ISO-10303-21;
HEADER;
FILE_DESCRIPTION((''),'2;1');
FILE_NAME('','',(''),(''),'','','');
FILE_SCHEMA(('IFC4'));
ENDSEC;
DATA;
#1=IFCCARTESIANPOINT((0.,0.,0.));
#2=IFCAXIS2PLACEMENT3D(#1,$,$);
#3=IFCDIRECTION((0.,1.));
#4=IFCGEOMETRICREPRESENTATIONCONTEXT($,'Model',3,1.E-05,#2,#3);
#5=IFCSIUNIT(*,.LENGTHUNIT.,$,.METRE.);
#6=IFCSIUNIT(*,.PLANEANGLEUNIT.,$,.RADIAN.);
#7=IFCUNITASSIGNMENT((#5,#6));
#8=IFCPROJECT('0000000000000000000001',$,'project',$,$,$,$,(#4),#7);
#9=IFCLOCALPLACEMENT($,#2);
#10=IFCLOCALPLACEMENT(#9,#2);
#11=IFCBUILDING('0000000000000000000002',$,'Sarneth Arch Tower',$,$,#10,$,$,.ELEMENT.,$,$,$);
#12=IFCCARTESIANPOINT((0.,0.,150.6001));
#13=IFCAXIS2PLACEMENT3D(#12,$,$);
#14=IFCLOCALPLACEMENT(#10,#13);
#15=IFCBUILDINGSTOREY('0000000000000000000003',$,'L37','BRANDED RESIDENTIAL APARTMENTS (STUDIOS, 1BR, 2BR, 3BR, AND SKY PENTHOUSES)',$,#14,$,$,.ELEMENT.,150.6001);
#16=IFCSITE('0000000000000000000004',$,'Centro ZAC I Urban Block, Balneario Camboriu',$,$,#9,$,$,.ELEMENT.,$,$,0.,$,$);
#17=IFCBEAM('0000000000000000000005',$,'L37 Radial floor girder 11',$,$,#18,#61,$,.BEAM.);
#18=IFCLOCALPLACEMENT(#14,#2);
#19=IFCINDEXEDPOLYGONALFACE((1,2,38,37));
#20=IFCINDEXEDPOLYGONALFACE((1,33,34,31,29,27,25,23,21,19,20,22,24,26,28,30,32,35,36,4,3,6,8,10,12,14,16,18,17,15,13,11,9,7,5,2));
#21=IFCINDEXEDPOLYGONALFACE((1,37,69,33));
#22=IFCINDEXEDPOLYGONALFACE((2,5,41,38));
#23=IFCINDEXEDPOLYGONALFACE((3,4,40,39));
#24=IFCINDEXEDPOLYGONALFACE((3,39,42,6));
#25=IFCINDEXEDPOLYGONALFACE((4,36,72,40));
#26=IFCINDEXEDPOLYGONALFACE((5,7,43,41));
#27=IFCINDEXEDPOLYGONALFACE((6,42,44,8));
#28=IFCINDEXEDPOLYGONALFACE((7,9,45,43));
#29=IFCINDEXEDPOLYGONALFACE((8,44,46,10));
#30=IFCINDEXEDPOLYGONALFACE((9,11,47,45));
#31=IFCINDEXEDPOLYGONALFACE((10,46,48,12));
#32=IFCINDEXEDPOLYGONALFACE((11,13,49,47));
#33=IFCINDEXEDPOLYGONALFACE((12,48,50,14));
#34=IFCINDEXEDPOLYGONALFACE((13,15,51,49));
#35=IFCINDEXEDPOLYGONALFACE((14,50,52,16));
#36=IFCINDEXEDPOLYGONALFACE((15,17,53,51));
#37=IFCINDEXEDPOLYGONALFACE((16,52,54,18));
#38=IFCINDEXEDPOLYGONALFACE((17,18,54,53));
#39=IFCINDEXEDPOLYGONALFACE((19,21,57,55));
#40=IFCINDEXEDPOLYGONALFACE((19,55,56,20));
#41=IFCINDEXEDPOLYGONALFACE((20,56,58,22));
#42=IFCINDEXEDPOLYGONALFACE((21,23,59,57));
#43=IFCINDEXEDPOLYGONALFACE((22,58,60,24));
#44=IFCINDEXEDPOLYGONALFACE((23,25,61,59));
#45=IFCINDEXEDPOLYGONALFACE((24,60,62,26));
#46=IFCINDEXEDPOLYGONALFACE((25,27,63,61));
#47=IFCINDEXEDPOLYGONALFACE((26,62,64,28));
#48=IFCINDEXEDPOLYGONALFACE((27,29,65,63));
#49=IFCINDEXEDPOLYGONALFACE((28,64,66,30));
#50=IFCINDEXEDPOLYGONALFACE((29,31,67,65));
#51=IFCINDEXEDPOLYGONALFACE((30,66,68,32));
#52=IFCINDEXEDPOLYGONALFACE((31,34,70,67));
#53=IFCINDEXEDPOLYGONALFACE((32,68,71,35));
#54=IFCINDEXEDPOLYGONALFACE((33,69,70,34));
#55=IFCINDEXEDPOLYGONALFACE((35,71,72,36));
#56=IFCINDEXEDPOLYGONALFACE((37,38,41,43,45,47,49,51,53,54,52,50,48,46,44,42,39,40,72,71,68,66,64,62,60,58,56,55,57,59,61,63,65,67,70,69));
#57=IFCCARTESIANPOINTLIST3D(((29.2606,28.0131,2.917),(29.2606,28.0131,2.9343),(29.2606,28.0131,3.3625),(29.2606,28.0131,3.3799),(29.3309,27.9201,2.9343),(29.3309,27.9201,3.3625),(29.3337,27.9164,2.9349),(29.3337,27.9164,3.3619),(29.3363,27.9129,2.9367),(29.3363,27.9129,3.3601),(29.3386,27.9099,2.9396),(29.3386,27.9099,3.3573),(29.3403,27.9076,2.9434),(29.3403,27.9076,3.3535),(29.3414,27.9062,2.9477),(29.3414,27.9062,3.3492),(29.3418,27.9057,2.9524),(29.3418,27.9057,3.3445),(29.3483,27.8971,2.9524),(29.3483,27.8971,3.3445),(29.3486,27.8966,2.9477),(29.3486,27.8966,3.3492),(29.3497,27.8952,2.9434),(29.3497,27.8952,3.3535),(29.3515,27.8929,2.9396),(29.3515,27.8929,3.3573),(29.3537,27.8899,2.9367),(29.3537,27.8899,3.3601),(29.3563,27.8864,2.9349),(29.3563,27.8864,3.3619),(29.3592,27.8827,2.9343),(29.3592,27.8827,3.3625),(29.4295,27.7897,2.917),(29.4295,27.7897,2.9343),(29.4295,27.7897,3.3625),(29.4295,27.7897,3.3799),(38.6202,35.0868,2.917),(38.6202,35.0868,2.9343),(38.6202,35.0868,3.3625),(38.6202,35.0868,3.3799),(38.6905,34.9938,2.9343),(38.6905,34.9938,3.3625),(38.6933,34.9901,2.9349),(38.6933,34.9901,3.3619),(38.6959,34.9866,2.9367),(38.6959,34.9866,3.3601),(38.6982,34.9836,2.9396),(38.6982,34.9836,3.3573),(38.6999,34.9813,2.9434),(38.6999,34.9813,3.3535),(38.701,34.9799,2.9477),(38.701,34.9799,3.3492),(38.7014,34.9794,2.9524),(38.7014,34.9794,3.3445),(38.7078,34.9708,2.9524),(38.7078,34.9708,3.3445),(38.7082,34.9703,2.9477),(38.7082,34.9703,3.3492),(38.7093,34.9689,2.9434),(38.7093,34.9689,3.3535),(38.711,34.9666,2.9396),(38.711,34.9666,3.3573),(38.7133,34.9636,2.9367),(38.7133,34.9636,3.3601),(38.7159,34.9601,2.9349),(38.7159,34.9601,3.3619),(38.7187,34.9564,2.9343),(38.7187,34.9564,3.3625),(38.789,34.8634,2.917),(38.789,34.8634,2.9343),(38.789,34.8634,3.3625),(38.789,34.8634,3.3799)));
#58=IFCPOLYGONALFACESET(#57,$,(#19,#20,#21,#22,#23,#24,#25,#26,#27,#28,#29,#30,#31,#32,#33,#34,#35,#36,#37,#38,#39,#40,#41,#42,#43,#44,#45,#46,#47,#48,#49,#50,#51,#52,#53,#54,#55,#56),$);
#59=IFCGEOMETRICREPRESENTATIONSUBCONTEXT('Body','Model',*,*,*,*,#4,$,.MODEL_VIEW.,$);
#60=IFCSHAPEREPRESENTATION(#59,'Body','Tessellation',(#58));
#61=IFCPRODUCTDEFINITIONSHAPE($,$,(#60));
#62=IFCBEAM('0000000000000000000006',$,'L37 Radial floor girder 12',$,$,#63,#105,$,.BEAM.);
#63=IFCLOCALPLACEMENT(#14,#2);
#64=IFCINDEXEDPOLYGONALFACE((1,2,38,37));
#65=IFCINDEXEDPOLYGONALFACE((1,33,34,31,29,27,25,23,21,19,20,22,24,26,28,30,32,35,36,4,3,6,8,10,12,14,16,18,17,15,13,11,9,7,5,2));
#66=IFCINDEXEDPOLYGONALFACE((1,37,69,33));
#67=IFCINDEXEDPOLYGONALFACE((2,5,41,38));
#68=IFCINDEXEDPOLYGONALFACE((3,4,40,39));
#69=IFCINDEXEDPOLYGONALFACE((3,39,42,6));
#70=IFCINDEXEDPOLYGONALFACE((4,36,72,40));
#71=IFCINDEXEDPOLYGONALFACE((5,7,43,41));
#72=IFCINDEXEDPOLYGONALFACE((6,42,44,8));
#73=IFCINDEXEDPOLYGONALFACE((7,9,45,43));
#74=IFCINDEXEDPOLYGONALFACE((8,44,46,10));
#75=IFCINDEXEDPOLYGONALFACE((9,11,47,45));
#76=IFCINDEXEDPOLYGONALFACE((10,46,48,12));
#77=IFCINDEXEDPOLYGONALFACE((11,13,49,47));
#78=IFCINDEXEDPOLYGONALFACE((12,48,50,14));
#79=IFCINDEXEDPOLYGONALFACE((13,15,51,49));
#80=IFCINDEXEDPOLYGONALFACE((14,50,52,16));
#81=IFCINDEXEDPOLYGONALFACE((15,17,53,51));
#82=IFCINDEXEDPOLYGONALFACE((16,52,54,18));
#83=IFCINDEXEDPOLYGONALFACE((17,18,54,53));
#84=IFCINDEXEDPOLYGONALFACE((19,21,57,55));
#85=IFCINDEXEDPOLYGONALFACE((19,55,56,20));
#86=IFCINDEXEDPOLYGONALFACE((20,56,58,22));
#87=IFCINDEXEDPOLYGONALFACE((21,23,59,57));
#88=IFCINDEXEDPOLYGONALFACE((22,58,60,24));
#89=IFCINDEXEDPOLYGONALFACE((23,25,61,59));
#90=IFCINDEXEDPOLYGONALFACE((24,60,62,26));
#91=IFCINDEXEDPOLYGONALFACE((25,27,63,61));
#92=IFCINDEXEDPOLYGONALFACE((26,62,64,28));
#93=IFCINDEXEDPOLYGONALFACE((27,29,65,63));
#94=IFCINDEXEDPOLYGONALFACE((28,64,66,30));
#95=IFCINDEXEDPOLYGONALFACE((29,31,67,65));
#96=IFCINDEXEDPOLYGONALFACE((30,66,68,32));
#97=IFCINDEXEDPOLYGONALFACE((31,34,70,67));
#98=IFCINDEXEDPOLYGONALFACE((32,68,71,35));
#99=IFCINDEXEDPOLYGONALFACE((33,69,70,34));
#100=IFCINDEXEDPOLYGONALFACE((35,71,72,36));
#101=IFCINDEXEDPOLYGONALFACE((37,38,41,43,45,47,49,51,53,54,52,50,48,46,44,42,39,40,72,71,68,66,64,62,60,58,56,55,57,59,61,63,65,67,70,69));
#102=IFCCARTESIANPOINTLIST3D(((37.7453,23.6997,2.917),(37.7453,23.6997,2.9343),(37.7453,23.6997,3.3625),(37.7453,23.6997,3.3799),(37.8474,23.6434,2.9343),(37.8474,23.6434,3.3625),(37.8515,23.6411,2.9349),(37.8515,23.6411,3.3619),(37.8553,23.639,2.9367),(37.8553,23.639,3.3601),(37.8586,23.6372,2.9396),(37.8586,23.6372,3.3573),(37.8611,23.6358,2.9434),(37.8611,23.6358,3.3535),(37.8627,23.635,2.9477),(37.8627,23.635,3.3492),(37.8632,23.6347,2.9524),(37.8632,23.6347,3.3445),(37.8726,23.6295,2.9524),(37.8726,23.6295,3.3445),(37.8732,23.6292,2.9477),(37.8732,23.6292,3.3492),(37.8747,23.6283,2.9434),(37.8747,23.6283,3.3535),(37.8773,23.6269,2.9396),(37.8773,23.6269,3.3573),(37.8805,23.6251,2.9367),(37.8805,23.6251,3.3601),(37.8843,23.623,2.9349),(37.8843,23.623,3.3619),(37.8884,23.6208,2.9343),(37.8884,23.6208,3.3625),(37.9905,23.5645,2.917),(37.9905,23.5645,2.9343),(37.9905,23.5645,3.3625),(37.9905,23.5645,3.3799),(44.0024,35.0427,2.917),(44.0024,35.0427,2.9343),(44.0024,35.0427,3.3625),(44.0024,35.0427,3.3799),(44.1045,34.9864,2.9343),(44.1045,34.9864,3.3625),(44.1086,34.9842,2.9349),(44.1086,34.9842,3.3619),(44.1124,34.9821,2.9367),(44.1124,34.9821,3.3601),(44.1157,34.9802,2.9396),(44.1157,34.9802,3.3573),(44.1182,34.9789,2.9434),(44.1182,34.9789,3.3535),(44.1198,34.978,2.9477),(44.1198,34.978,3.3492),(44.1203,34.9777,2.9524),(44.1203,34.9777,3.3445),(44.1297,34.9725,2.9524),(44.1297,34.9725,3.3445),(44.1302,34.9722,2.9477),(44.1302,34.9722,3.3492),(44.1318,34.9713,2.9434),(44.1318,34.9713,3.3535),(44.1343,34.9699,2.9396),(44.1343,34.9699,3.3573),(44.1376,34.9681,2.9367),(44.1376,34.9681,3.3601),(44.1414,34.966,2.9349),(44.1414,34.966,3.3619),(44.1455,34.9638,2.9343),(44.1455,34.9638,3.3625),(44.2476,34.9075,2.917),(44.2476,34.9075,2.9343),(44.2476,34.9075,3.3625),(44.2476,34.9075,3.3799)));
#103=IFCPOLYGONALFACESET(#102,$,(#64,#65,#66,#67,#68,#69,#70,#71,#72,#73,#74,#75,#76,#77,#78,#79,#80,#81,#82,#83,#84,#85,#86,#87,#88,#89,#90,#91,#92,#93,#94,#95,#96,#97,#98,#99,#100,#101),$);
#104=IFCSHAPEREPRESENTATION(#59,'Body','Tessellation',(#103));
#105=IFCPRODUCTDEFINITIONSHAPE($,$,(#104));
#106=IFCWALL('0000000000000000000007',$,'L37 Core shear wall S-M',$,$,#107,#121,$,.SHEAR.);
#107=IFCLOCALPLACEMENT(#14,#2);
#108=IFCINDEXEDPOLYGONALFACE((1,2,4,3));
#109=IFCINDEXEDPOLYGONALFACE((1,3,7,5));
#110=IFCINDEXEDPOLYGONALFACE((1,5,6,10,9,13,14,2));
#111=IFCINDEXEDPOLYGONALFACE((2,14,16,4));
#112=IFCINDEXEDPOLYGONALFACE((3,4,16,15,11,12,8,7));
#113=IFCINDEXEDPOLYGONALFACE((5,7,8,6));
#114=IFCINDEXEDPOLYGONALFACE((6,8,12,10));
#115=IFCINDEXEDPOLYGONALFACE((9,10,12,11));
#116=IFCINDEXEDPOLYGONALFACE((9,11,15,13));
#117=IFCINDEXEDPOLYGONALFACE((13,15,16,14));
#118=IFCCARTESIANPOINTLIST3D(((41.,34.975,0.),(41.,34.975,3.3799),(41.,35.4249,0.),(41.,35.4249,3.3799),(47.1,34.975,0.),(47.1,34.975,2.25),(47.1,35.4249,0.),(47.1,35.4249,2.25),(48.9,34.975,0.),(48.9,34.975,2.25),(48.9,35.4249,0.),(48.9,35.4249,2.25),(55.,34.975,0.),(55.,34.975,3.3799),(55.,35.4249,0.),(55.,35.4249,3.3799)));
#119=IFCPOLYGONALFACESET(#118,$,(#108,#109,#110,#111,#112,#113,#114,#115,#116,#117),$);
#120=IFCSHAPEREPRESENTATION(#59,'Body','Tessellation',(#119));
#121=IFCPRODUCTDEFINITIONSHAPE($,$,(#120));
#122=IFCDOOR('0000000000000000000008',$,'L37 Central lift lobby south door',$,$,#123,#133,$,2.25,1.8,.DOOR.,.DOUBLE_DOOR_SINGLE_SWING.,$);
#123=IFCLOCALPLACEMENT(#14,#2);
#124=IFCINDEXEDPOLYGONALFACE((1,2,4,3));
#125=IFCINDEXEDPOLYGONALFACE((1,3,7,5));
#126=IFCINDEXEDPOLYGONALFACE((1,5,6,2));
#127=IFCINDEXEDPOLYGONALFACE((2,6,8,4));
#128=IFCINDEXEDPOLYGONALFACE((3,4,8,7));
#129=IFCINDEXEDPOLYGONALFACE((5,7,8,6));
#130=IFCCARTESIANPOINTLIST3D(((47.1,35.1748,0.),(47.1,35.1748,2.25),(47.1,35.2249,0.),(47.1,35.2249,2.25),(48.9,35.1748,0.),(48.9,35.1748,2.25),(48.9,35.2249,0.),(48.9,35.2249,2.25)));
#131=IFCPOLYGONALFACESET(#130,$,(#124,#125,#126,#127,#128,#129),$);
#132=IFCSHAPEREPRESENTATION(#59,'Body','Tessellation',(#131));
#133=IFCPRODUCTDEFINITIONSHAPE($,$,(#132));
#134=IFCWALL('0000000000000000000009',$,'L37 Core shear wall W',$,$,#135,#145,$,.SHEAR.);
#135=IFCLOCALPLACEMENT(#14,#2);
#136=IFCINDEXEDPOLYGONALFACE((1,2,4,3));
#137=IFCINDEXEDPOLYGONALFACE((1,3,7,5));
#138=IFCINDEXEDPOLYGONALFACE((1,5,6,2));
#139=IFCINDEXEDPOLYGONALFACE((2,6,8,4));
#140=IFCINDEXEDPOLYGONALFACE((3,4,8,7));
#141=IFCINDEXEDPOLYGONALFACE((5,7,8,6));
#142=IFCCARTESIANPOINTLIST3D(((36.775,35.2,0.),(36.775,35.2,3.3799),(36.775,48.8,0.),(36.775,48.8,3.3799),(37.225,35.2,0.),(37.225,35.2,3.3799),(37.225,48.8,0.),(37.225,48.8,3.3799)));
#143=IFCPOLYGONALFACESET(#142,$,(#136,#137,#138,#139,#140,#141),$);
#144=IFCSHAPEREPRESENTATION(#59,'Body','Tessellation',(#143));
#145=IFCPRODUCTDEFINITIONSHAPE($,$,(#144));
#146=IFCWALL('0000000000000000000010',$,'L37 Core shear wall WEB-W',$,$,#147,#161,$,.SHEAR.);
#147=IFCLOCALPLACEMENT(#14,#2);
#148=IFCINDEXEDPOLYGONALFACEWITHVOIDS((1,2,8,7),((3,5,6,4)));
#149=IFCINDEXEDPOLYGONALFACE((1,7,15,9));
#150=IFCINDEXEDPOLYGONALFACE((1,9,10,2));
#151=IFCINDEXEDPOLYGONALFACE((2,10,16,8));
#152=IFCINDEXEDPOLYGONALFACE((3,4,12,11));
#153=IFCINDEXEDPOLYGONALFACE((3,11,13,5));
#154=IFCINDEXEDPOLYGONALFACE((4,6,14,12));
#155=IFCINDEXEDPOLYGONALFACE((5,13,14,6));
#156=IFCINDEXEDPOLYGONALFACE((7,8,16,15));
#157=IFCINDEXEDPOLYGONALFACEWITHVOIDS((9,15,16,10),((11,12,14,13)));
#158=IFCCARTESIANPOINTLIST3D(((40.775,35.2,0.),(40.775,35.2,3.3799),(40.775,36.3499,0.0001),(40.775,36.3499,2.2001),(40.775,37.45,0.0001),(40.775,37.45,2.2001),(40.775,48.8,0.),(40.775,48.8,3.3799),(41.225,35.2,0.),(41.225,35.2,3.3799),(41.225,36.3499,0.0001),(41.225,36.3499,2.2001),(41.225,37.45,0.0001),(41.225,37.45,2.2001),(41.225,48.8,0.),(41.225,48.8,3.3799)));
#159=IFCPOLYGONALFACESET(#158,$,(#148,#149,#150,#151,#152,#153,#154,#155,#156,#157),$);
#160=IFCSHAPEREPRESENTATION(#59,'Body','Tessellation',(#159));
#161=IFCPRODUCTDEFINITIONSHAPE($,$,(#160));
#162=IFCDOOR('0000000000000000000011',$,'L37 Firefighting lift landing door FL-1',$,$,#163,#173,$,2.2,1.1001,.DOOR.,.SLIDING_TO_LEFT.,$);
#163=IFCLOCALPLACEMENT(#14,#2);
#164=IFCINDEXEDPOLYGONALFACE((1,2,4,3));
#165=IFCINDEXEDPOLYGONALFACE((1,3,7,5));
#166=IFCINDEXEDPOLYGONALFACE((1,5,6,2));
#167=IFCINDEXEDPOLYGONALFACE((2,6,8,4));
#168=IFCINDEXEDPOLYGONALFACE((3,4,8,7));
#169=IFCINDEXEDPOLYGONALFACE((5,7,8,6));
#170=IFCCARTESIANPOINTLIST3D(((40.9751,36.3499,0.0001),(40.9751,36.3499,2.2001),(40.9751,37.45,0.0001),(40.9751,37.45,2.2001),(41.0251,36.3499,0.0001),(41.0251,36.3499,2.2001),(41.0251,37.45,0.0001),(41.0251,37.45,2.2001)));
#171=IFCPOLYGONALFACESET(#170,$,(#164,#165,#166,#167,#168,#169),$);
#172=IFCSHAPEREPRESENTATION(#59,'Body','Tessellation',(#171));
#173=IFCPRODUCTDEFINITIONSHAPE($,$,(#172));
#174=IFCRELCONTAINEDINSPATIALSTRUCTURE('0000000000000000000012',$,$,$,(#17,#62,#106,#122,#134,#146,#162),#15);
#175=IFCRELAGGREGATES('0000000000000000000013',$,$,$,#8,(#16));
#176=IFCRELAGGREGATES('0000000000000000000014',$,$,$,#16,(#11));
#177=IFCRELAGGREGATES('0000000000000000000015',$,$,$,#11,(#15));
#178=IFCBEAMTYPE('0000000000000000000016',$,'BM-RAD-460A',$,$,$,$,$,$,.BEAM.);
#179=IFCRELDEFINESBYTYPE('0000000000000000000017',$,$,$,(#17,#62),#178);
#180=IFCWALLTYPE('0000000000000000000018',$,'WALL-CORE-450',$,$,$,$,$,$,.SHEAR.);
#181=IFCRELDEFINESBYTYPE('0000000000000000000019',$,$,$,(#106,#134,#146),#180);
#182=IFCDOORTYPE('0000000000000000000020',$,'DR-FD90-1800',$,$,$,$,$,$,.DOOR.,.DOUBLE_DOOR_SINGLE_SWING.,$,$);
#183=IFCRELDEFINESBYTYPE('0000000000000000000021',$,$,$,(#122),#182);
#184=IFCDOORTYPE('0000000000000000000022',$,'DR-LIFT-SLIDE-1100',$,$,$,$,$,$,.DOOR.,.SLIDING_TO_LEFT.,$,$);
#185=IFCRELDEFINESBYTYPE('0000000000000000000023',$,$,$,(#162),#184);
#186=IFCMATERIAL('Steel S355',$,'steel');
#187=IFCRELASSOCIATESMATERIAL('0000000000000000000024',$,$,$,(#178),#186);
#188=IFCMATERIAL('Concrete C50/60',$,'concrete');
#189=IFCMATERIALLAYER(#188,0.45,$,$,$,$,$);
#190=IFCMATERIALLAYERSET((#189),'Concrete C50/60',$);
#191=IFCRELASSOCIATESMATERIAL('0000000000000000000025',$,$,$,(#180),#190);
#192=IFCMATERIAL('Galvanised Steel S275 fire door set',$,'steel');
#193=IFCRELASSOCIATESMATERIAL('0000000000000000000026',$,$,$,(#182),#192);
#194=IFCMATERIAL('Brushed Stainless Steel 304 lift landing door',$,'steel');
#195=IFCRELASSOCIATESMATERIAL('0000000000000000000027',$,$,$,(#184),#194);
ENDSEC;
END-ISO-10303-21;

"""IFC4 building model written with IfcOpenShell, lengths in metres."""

from ifc_helpers import new_model, si_unit, direction, frame, frame_2d, origin, origin_2d, place, context, subcontext, project, spatial, rectangle, i_section, extrude, material, layer, layer_set, material_profile, profile_set, type_object, element, fill, save


model = new_model("IFC4")

# Units and contexts
model_context = context("Model", 3, precision=1e-05, world=origin(), true_north=direction((0.0, 1.0)))
body_context = subcontext(model_context, "Body", "Model", "MODEL_VIEW")
ifc_project = project(units=[si_unit("LENGTHUNIT", "METRE"), si_unit("PLANEANGLEUNIT", "RADIAN")], contexts=[model_context])

# Site, building, storey
site_placement = place(None, origin())
site = spatial("IfcSite", under=ifc_project, at=site_placement, Name="Centro ZAC I Urban Block, Balneario Camboriu", CompositionType="ELEMENT", RefElevation=0.0)
building_placement = place(site_placement, origin())
building = spatial("IfcBuilding", under=site, at=building_placement, Name="Sarneth Arch Tower", CompositionType="ELEMENT")
storey_placement = place(building_placement, frame((0.0, 0.0, 150.6001)))
storey = spatial("IfcBuildingStorey", under=building, at=storey_placement, Name="L37", Description="BRANDED RESIDENTIAL APARTMENTS (STUDIOS, 1BR, 2BR, 3BR, AND SKY PENTHOUSES)", CompositionType="ELEMENT", Elevation=150.6001)

# Beams
ifc_material_1 = material(Name="Steel S355", Category="steel")
ifc_material_profile_1 = material_profile(ifc_material_1, i_section(OverallWidth=0.28, OverallDepth=0.4629, WebThickness=0.0107, FlangeThickness=0.0173, FilletRadius=0.0181, at=origin_2d()), Name="W460x113")
ifc_profile_set_1 = profile_set([ifc_material_profile_1], Name="Steel S355")
beam_type_1 = type_object("IfcBeamType", Name="BM-RAD-460A", PredefinedType="BEAM", material=ifc_profile_set_1)
beam_1_placement = place(storey_placement, frame((38.7046, 34.9751, 3.1484), z_axis=(-0.797785, -0.602943, 0.0), x_axis=(0.602943, -0.797785, 0.0)))
element("IfcBeam", 1, at=beam_1_placement, inside=storey, type_object=beam_type_1, Name="L37 Radial floor girder 11", PredefinedType="BEAM", context=body_context, shape_type="SweptSolid", body=[
    extrude(i_section(OverallWidth=0.28, OverallDepth=0.4629, WebThickness=0.0107, FlangeThickness=0.0173, FilletRadius=0.0181, at=origin_2d()), origin(), (0.0, 0.0, 1.0), 11.7319),
])
beam_2_placement = place(storey_placement, frame((44.125, 34.9751, 3.1484), z_axis=(-0.48301, -0.875615, 0.0), x_axis=(0.875615, -0.48301, 0.0)))
element("IfcBeam", 2, at=beam_2_placement, inside=storey, type_object=beam_type_1, Name="L37 Radial floor girder 12", PredefinedType="BEAM", context=body_context, shape_type="SweptSolid", body=[
    extrude(i_section(OverallWidth=0.28, OverallDepth=0.4629, WebThickness=0.0107, FlangeThickness=0.0173, FilletRadius=0.0181, at=origin_2d()), origin(), (0.0, 0.0, 1.0), 12.9543),
])

# Wall, opening, door
ifc_material_2 = material(Name="Concrete C50/60", Category="concrete")
ifc_layer_1 = layer(ifc_material_2, 0.45)
ifc_layer_set_1 = layer_set([ifc_layer_1], Name="Concrete C50/60")
wall_type_1 = type_object("IfcWallType", Name="WALL-CORE-450", PredefinedType="SHEAR", material=ifc_layer_set_1)
wall_1_placement = place(storey_placement, frame((41.0, 35.2, 0.0), z_axis=(0.0, 0.0, 1.0), x_axis=(1.0, 0.0, 0.0)))
wall_1 = element("IfcWall", 3, at=wall_1_placement, inside=storey, type_object=wall_type_1, Name="L37 Core shear wall S-M", PredefinedType="SHEAR", context=body_context, shape_type="SweptSolid", body=[
    extrude(rectangle(XDim=14.0, YDim=0.45, at=frame_2d((7.0, 0.0))), origin(), (0.0, 0.0, 1.0), 3.3799),
])
opening_1_placement = place(wall_1_placement, frame((6.1001, 0.0, 0.0)))
opening_1 = element("IfcOpeningElement", 4, at=opening_1_placement, cuts=wall_1, PredefinedType="OPENING", context=body_context, shape_type="SweptSolid", body=[
    extrude(rectangle(XDim=1.8, YDim=2.25, at=frame_2d((0.8999, 1.125))), frame((0.0, 0.2349, 0.0), z_axis=(0.0, -1.0, 0.0), x_axis=(1.0, 0.0, 0.0)), (0.0, 0.0, 1.0), 0.47),
])
ifc_material_3 = material(Name="Galvanised Steel S275 fire door set", Category="steel")
door_type_1 = type_object("IfcDoorType", Name="DR-FD90-1800", OperationType="DOUBLE_DOOR_SINGLE_SWING", PredefinedType="DOOR", material=ifc_material_3)
door_1_placement = place(opening_1_placement, origin())
door_1 = element("IfcDoor", 5, at=door_1_placement, inside=storey, type_object=door_type_1, Name="L37 Central lift lobby south door", OperationType="DOUBLE_DOOR_SINGLE_SWING", OverallHeight=2.25, OverallWidth=1.8, PredefinedType="DOOR", context=body_context, shape_type="SweptSolid", body=[
    extrude(rectangle(XDim=1.8, YDim=2.25, at=frame_2d((0.8999, 1.125))), frame((0.0, 0.0249, 0.0), z_axis=(0.0, -1.0, 0.0), x_axis=(1.0, 0.0, 0.0)), (0.0, 0.0, 1.0), 0.05),
])
fill(opening_1, door_1)

# Wall
wall_2_placement = place(storey_placement, frame((37.0, 35.2, 0.0), z_axis=(0.0, 0.0, 1.0), x_axis=(0.0, 1.0, 0.0)))
element("IfcWall", 6, at=wall_2_placement, inside=storey, type_object=wall_type_1, Name="L37 Core shear wall W", PredefinedType="SHEAR", context=body_context, shape_type="SweptSolid", body=[
    extrude(rectangle(XDim=13.6001, YDim=0.45, at=frame_2d((6.8, 0.0))), origin(), (0.0, 0.0, 1.0), 3.3799),
])

# Wall, opening, door
wall_3_placement = place(storey_placement, frame((41.0, 35.2, 0.0), z_axis=(0.0, 0.0, 1.0), x_axis=(0.0, 1.0, 0.0)))
wall_3 = element("IfcWall", 7, at=wall_3_placement, inside=storey, type_object=wall_type_1, Name="L37 Core shear wall WEB-W", PredefinedType="SHEAR", context=body_context, shape_type="SweptSolid", body=[
    extrude(rectangle(XDim=13.6001, YDim=0.45, at=frame_2d((6.8, 0.0))), origin(), (0.0, 0.0, 1.0), 3.3799),
])
opening_2_placement = place(wall_3_placement, frame((1.1499, 0.0, 0.0)))
opening_2 = element("IfcOpeningElement", 8, at=opening_2_placement, cuts=wall_3, PredefinedType="OPENING", context=body_context, shape_type="SweptSolid", body=[
    extrude(rectangle(XDim=1.1001, YDim=2.2, at=frame_2d((0.55, 1.1001))), frame((0.0, 0.2349, 0.0), z_axis=(0.0, -1.0, 0.0), x_axis=(1.0, 0.0, 0.0)), (0.0, 0.0, 1.0), 0.47),
])
ifc_material_4 = material(Name="Brushed Stainless Steel 304 lift landing door", Category="steel")
door_type_2 = type_object("IfcDoorType", Name="DR-LIFT-SLIDE-1100", OperationType="SLIDING_TO_LEFT", PredefinedType="DOOR", material=ifc_material_4)
door_2_placement = place(opening_2_placement, origin())
door_2 = element("IfcDoor", 9, at=door_2_placement, inside=storey, type_object=door_type_2, Name="L37 Firefighting lift landing door FL-1", OperationType="SLIDING_TO_LEFT", OverallHeight=2.2, OverallWidth=1.1001, PredefinedType="DOOR", context=body_context, shape_type="SweptSolid", body=[
    extrude(rectangle(XDim=1.1001, YDim=2.2, at=frame_2d((0.55, 1.1001))), frame((0.0, 0.0249, 0.0), z_axis=(0.0, -1.0, 0.0), x_axis=(1.0, 0.0, 0.0)), (0.0, 0.0, 1.0), 0.05),
])
fill(opening_2, door_2)

save(model, "model.ifc")
